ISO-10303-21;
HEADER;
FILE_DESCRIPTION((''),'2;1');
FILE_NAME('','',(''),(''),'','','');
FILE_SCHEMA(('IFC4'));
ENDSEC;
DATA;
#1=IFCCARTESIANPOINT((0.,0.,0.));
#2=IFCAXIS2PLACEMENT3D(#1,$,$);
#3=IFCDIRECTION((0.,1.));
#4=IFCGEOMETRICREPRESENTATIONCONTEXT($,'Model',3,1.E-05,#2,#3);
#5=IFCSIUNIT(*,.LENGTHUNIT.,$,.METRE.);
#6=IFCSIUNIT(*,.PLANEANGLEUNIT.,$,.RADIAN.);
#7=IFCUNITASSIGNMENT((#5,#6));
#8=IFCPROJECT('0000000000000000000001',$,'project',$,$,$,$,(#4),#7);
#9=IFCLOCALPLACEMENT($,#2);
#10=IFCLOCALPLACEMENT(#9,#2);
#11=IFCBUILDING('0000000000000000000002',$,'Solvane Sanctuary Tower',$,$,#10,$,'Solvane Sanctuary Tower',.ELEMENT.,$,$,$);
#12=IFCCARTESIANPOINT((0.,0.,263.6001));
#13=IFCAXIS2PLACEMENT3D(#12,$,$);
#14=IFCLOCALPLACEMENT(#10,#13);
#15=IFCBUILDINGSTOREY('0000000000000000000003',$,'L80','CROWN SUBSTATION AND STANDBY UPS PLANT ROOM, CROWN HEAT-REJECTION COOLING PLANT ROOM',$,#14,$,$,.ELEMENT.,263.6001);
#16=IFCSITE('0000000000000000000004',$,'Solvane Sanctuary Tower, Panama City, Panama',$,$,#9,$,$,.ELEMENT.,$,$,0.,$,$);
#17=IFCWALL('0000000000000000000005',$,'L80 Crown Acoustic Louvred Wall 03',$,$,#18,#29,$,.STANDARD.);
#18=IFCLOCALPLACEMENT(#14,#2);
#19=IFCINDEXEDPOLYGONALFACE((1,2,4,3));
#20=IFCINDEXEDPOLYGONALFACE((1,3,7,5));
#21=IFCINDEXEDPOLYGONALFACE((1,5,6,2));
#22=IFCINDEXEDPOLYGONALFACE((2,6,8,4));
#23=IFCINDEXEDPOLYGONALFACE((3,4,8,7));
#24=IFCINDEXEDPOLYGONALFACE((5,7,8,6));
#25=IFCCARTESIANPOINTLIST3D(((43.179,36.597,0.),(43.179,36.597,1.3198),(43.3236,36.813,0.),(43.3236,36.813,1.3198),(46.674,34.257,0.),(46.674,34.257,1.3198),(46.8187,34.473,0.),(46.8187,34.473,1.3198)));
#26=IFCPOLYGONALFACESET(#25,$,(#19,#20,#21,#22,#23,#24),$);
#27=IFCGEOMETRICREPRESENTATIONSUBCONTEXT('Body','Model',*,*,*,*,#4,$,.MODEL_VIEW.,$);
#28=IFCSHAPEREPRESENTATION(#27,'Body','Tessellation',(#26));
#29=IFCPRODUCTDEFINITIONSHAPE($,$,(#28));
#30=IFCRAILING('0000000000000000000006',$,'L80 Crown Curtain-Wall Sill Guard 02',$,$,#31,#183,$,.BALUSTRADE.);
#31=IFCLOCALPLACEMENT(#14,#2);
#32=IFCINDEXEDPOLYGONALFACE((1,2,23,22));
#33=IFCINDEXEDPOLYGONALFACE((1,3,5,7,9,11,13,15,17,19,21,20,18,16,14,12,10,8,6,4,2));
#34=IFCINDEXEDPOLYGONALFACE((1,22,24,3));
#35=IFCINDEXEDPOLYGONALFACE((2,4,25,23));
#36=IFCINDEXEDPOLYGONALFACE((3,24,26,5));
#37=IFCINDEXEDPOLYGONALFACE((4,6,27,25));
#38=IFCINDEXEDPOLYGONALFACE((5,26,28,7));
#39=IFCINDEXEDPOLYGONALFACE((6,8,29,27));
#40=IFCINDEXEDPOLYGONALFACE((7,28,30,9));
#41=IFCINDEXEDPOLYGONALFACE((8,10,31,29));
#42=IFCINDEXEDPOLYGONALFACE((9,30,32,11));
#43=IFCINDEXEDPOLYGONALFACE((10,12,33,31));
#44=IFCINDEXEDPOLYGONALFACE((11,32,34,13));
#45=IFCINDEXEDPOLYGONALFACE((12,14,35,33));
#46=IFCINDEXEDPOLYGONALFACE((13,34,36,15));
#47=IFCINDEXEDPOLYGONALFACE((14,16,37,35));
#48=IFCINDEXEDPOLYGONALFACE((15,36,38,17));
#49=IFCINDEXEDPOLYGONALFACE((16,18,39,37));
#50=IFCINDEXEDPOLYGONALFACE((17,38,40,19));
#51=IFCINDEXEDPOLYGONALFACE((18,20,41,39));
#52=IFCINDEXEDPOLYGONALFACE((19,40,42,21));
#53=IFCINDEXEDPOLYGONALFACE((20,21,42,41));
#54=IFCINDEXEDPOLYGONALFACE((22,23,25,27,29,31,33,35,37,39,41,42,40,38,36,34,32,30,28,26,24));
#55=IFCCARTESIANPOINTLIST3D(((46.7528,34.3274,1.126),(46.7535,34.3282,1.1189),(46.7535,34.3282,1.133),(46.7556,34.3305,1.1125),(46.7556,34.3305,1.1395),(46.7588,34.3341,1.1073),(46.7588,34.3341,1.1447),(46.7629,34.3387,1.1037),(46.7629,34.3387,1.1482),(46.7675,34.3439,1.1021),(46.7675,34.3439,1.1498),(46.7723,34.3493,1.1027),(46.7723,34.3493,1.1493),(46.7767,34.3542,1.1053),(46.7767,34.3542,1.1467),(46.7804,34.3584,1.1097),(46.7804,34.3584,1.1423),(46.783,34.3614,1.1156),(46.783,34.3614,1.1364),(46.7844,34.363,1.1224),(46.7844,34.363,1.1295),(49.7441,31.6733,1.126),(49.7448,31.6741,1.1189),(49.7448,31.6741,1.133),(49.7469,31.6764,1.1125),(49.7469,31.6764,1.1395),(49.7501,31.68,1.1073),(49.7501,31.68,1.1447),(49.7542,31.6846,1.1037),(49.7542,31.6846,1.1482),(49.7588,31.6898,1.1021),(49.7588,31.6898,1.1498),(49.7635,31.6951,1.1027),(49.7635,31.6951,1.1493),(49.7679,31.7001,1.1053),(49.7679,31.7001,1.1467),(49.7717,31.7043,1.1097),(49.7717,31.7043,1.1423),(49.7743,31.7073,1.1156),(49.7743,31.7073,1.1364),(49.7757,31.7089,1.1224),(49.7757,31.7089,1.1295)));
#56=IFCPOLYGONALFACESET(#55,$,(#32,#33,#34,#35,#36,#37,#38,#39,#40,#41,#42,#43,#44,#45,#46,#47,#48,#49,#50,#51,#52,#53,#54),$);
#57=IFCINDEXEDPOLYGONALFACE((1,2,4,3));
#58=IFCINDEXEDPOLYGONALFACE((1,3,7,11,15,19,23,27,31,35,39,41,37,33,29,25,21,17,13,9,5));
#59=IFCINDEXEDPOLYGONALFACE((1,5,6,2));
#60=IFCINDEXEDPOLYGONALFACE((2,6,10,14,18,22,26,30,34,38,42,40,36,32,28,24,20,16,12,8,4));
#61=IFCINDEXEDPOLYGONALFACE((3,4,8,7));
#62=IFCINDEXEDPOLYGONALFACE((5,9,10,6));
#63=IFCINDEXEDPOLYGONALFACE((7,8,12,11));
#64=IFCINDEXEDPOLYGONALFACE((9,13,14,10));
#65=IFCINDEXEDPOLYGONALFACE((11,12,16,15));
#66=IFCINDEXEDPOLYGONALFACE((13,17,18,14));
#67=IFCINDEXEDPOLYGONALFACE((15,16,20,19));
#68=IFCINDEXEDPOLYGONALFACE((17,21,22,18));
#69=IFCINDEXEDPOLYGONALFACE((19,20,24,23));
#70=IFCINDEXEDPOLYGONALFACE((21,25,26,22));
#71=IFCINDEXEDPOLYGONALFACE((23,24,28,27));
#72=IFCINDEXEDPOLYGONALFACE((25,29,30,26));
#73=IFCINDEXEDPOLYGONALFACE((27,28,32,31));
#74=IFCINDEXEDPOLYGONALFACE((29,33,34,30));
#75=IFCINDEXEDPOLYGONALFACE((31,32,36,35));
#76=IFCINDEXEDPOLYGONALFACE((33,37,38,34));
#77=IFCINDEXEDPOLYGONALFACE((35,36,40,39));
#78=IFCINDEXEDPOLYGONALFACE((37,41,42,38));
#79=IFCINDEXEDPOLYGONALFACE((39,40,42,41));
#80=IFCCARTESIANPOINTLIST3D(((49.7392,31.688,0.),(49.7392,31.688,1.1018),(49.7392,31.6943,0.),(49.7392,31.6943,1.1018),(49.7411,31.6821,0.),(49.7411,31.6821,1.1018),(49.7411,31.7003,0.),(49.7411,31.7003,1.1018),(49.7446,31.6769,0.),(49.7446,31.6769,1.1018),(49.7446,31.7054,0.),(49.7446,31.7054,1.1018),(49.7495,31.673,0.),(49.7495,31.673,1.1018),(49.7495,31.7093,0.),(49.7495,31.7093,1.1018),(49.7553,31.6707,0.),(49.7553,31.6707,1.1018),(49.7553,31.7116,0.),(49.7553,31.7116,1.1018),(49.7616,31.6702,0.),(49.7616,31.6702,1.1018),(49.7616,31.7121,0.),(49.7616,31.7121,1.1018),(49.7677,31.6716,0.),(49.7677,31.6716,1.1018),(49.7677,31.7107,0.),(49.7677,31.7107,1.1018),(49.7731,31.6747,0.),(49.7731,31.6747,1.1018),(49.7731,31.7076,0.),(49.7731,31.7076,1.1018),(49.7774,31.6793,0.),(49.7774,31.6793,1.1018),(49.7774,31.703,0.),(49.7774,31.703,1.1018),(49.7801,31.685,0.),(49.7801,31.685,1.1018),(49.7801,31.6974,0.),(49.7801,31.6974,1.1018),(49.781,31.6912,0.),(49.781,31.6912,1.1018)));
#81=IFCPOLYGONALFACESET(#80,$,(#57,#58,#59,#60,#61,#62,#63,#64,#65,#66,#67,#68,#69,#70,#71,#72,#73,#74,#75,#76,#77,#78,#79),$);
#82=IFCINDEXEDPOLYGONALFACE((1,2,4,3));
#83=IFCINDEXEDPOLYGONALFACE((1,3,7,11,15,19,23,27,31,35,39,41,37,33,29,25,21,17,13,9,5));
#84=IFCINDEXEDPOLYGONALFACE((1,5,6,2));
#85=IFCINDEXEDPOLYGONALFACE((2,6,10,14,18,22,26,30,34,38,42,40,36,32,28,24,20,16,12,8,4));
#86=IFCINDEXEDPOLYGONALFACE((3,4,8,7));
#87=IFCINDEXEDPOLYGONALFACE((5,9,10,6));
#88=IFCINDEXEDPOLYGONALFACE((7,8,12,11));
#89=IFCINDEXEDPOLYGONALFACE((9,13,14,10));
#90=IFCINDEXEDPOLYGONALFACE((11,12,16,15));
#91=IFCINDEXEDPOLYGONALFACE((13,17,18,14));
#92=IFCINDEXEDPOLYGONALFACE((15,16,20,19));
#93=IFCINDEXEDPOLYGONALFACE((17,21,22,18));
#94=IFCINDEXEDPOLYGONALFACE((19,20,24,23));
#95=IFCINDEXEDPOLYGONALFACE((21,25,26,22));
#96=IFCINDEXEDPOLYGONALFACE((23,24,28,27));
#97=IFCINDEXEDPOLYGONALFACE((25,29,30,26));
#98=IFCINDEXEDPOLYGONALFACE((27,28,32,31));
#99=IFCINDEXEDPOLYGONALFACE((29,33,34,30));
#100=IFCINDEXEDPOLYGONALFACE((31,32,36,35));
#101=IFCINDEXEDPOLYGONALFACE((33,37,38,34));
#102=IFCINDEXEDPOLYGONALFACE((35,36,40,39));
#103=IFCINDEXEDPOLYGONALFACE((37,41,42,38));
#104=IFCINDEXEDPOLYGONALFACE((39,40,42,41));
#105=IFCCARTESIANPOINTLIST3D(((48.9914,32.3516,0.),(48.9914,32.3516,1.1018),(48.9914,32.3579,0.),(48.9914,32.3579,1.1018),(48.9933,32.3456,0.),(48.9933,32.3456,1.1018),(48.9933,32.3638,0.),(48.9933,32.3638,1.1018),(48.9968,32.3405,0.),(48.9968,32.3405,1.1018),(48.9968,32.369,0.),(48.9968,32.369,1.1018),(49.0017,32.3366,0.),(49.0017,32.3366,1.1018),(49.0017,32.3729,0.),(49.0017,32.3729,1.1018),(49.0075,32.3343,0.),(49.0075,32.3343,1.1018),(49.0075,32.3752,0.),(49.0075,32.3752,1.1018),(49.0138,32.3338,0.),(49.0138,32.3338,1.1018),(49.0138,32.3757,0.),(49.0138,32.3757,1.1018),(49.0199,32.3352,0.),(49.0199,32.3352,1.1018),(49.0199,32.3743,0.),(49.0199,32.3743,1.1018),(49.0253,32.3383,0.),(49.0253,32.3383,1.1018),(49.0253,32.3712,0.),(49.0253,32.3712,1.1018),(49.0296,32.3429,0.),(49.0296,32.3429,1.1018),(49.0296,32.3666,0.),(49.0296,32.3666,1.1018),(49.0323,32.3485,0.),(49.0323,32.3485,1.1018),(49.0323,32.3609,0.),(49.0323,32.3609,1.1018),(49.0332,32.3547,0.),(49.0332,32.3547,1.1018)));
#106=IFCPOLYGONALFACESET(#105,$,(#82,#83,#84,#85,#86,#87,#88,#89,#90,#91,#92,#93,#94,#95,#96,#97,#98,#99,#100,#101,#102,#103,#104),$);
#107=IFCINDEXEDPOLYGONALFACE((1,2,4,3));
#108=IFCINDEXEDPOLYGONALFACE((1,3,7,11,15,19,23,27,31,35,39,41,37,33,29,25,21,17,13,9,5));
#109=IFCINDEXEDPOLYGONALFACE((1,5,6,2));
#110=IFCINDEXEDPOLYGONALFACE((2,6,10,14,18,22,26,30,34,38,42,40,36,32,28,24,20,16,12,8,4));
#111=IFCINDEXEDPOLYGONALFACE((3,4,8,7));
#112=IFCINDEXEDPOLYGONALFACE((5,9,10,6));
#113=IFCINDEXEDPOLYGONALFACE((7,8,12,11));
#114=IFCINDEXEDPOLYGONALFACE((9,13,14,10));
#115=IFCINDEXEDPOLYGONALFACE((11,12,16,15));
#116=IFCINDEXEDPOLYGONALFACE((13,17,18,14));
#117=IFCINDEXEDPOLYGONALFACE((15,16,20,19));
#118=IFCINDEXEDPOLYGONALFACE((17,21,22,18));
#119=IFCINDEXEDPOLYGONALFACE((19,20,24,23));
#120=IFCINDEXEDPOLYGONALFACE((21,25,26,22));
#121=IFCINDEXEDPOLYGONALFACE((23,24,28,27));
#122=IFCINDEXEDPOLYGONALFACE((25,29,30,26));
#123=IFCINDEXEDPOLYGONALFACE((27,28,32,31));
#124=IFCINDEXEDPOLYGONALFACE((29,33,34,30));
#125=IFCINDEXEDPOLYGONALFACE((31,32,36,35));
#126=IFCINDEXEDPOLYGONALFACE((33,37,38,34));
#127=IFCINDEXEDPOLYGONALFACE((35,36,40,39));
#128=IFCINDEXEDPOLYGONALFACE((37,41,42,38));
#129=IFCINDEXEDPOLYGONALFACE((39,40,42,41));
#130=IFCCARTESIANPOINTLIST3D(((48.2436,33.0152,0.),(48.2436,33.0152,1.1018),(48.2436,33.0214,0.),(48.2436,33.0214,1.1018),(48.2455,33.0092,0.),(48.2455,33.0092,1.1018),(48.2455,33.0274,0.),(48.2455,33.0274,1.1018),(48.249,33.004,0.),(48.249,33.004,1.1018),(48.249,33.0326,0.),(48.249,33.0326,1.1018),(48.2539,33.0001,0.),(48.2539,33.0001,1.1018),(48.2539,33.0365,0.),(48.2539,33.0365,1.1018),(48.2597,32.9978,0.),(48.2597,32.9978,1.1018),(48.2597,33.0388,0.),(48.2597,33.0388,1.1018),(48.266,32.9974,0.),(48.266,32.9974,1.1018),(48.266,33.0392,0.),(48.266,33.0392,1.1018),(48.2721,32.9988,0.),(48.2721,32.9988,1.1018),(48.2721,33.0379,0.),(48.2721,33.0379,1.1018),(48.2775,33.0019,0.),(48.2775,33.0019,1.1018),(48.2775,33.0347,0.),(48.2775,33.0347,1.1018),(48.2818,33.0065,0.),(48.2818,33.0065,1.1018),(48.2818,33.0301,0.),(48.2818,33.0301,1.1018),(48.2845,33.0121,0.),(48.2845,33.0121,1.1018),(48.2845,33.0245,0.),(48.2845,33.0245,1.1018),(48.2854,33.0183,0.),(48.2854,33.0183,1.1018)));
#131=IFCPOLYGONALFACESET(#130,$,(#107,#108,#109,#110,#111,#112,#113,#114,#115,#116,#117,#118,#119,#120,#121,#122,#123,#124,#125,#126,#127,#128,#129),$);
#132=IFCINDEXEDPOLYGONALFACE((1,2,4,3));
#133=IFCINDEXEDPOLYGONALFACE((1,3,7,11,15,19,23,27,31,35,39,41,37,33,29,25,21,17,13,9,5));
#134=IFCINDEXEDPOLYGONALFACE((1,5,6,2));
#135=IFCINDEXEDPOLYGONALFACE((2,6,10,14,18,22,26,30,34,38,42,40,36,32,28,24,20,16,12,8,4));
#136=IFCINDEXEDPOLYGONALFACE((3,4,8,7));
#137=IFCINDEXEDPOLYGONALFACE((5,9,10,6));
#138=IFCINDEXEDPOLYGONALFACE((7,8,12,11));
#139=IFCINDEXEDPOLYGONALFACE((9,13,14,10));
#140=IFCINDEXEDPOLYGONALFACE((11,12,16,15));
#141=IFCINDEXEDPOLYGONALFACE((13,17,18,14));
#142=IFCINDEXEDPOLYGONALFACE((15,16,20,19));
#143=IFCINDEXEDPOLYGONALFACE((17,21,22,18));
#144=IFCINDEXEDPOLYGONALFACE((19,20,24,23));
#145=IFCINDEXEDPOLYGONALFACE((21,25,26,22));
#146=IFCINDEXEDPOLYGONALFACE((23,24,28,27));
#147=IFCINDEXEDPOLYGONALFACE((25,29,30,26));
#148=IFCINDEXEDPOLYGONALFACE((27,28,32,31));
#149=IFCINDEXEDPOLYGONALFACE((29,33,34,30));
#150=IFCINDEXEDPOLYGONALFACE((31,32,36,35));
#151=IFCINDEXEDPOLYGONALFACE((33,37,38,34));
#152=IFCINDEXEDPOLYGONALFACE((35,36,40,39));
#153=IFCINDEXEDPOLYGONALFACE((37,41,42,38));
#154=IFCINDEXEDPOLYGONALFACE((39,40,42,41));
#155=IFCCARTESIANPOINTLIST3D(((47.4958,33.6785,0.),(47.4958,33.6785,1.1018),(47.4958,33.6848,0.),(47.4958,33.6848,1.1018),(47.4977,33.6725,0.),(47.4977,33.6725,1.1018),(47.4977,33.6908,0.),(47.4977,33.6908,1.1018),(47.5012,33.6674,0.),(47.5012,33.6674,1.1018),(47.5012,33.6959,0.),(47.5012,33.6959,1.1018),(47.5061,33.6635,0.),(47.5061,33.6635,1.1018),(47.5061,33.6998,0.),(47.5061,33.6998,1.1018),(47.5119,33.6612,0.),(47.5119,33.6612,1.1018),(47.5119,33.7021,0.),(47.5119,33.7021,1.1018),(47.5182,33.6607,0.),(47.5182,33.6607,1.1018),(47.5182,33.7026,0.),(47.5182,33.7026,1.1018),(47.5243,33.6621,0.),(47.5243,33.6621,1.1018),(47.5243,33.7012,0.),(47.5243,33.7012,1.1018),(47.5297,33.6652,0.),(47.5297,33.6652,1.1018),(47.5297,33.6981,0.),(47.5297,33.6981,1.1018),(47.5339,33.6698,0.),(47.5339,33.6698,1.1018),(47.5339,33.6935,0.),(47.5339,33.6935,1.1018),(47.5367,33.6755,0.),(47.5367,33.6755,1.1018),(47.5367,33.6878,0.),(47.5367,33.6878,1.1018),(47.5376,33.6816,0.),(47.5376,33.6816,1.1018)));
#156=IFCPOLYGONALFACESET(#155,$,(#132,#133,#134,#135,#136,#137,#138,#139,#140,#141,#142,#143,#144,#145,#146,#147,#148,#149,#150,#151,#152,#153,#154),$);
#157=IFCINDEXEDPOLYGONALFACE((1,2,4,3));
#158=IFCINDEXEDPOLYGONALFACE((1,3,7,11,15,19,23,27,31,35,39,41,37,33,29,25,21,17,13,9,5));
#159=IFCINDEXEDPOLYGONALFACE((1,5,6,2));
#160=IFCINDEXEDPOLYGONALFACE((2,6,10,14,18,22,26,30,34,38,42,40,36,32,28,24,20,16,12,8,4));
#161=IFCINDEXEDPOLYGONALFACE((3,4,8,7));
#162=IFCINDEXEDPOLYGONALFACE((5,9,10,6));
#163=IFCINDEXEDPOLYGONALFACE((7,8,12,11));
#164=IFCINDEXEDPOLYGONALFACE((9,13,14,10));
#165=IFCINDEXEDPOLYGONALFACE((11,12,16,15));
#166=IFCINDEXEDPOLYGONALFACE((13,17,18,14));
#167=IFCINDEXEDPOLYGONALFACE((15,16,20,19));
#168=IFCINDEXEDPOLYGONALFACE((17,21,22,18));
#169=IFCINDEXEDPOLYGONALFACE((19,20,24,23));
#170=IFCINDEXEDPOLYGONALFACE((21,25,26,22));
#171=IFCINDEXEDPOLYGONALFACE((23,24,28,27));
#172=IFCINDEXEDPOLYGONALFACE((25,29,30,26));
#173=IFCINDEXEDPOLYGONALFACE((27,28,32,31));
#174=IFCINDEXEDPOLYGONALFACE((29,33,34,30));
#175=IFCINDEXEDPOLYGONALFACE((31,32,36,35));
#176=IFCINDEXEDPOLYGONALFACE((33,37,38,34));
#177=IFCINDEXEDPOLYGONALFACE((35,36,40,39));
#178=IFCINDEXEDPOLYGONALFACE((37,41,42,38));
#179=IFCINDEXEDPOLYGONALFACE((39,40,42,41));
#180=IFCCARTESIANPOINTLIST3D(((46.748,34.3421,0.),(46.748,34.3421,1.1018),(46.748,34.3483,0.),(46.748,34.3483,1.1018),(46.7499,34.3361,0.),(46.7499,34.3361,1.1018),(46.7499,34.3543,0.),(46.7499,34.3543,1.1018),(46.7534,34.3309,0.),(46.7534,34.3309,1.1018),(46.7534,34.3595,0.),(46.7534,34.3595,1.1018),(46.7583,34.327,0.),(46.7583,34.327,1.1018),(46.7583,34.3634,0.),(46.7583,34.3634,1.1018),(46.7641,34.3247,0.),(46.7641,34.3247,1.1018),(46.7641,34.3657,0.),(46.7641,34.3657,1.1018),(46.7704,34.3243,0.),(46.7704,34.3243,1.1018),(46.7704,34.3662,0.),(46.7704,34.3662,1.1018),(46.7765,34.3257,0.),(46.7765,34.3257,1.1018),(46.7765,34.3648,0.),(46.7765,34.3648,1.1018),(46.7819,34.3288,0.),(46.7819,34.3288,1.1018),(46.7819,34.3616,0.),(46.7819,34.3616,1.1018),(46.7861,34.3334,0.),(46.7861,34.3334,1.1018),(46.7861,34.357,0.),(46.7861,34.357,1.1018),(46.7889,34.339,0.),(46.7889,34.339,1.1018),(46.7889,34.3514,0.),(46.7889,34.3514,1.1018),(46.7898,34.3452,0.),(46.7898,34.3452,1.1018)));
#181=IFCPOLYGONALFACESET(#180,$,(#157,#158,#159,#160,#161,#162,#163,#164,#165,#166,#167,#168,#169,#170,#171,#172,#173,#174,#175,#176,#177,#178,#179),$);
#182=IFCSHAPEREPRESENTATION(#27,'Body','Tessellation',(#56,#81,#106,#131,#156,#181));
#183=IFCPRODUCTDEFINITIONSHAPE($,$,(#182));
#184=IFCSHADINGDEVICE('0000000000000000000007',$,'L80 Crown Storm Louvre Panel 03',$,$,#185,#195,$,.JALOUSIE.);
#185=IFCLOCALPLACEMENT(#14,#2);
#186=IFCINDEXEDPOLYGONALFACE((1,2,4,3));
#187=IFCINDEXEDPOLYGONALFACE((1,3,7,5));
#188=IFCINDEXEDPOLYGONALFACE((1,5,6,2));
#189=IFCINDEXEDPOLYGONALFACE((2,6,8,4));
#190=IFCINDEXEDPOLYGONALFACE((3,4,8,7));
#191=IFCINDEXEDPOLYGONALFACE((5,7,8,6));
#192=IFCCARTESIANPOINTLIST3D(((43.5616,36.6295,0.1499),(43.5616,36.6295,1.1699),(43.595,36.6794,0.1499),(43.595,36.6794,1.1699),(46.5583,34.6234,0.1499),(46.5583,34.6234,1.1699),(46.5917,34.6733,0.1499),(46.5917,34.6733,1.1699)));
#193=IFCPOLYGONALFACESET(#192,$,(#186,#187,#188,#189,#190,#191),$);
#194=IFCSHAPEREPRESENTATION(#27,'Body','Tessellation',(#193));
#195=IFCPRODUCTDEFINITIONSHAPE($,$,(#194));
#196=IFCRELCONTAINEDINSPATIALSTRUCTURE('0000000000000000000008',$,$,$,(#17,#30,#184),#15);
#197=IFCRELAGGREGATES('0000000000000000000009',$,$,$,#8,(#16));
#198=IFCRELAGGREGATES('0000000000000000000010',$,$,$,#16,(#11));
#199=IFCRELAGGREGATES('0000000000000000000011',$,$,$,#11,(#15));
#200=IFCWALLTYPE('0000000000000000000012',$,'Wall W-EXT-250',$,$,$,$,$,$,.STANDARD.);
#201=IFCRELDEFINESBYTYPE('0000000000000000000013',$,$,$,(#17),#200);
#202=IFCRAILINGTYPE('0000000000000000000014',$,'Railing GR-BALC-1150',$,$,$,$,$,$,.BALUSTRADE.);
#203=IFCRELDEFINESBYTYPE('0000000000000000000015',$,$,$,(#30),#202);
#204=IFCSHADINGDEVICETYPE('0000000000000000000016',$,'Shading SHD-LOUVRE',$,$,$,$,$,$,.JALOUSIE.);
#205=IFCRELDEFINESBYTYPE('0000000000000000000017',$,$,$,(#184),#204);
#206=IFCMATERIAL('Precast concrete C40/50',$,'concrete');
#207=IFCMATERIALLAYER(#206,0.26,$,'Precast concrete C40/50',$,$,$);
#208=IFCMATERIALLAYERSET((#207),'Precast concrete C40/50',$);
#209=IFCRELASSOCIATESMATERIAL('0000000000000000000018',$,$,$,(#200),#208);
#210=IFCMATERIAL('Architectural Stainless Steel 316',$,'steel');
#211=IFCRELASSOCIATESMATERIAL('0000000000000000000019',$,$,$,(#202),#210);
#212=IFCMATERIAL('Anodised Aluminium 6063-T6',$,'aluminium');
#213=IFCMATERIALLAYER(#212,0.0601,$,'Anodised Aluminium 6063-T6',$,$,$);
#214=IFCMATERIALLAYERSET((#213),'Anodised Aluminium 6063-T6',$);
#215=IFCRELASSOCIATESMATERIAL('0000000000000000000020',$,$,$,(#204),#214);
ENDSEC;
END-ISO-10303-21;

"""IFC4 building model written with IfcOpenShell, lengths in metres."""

from ifc_helpers import new_model, si_unit, direction, frame, frame_2d, origin, origin_2d, place, context, subcontext, project, spatial, rectangle, circle, extrude, material, layer, layer_set, type_object, element, save


model = new_model("IFC4")

# Units and contexts
model_context = context("Model", 3, precision=1e-05, world=origin(), true_north=direction((0.0, 1.0)))
body_context = subcontext(model_context, "Body", "Model", "MODEL_VIEW")
ifc_project = project(units=[si_unit("LENGTHUNIT", "METRE"), si_unit("PLANEANGLEUNIT", "RADIAN")], contexts=[model_context])

# Site, building, storey
site_placement = place(None, origin())
site = spatial("IfcSite", under=ifc_project, at=site_placement, Name="Solvane Sanctuary Tower, Panama City, Panama", CompositionType="ELEMENT", RefElevation=0.0)
building_placement = place(site_placement, origin())
building = spatial("IfcBuilding", under=site, at=building_placement, Name="Solvane Sanctuary Tower", LongName="Solvane Sanctuary Tower", CompositionType="ELEMENT")
storey_placement = place(building_placement, frame((0.0, 0.0, 263.6001)))
storey = spatial("IfcBuildingStorey", under=building, at=storey_placement, Name="L80", Description="CROWN SUBSTATION AND STANDBY UPS PLANT ROOM, CROWN HEAT-REJECTION COOLING PLANT ROOM", CompositionType="ELEMENT", Elevation=263.6001)

# Shared definitions
ifc_material_1 = material(Name="Anodised Aluminium 6063-T6", Category="aluminium")

# Wall
ifc_material_2 = material(Name="Precast concrete C40/50", Category="concrete")
ifc_layer_1 = layer(ifc_material_2, 0.26, Name="Precast concrete C40/50")
ifc_layer_set_1 = layer_set([ifc_layer_1], Name="Precast concrete C40/50")
wall_type_1 = type_object("IfcWallType", Name="Wall W-EXT-250", PredefinedType="STANDARD", material=ifc_layer_set_1)
wall_1_placement = place(storey_placement, frame((46.7463, 34.365, 0.0), z_axis=(0.0, 0.0, 1.0), x_axis=(-0.83095, 0.556347, 0.0)))
element("IfcWall", 1, at=wall_1_placement, inside=storey, type_object=wall_type_1, Name="L80 Crown Acoustic Louvred Wall 03", PredefinedType="STANDARD", context=body_context, shape_type="SweptSolid", body=[
    extrude(rectangle(XDim=4.2061, YDim=0.26, at=frame_2d((2.103, 0.0))), origin(), (0.0, 0.0, 1.0), 1.3198),
])

# Railing
ifc_material_3 = material(Name="Architectural Stainless Steel 316", Category="steel")
railing_type = type_object("IfcRailingType", Name="Railing GR-BALC-1150", PredefinedType="BALUSTRADE", material=ifc_material_3)
railing_1_placement = place(storey_placement, frame((49.76, 31.6912, 0.0)))
element("IfcRailing", 2, at=railing_1_placement, inside=storey, type_object=railing_type, Name="L80 Crown Curtain-Wall Sill Guard 02", PredefinedType="BALUSTRADE", context=body_context, shape_type="SweptSolid", body=[
    extrude(circle(Radius=0.0239, at=origin_2d()), frame((0.0, 0.0, 1.126), z_axis=(-0.748005, 0.663693, 0.0), x_axis=(-0.663693, -0.748005, 0.0)), (0.0, 0.0, 1.0), 3.999),
    extrude(circle(Radius=0.021, at=origin_2d()), origin(), (0.0, 0.0, 1.0), 1.1018),
    extrude(circle(Radius=0.021, at=origin_2d()), frame((-0.7478, 0.6636, 0.0)), (0.0, 0.0, 1.0), 1.1018),
    extrude(circle(Radius=0.021, at=origin_2d()), frame((-1.4956, 1.3271, 0.0)), (0.0, 0.0, 1.0), 1.1018),
    extrude(circle(Radius=0.021, at=origin_2d()), frame((-2.2434, 1.9905, 0.0)), (0.0, 0.0, 1.0), 1.1018),
    extrude(circle(Radius=0.021, at=origin_2d()), frame((-2.9912, 2.6541, 0.0)), (0.0, 0.0, 1.0), 1.1018),
])

# Shading device
ifc_layer_2 = layer(ifc_material_1, 0.0601, Name="Anodised Aluminium 6063-T6")
ifc_layer_set_2 = layer_set([ifc_layer_2], Name="Anodised Aluminium 6063-T6")
shading_device_type = type_object("IfcShadingDeviceType", Name="Shading SHD-LOUVRE", PredefinedType="JALOUSIE", material=ifc_layer_set_2)
shading_device_placement = place(storey_placement, frame((45.0767, 35.6514, 0.1499), z_axis=(0.0, 0.0, 1.0), x_axis=(-0.830984, 0.556296, 0.0)))
element("IfcShadingDevice", 3, at=shading_device_placement, inside=storey, type_object=shading_device_type, Name="L80 Crown Storm Louvre Panel 03", PredefinedType="JALOUSIE", context=body_context, shape_type="SweptSolid", body=[
    extrude(rectangle(XDim=3.6062, YDim=0.0601, at=origin_2d()), origin(), (0.0, 0.0, 1.0), 1.02),
])

save(model, "model.ifc")
